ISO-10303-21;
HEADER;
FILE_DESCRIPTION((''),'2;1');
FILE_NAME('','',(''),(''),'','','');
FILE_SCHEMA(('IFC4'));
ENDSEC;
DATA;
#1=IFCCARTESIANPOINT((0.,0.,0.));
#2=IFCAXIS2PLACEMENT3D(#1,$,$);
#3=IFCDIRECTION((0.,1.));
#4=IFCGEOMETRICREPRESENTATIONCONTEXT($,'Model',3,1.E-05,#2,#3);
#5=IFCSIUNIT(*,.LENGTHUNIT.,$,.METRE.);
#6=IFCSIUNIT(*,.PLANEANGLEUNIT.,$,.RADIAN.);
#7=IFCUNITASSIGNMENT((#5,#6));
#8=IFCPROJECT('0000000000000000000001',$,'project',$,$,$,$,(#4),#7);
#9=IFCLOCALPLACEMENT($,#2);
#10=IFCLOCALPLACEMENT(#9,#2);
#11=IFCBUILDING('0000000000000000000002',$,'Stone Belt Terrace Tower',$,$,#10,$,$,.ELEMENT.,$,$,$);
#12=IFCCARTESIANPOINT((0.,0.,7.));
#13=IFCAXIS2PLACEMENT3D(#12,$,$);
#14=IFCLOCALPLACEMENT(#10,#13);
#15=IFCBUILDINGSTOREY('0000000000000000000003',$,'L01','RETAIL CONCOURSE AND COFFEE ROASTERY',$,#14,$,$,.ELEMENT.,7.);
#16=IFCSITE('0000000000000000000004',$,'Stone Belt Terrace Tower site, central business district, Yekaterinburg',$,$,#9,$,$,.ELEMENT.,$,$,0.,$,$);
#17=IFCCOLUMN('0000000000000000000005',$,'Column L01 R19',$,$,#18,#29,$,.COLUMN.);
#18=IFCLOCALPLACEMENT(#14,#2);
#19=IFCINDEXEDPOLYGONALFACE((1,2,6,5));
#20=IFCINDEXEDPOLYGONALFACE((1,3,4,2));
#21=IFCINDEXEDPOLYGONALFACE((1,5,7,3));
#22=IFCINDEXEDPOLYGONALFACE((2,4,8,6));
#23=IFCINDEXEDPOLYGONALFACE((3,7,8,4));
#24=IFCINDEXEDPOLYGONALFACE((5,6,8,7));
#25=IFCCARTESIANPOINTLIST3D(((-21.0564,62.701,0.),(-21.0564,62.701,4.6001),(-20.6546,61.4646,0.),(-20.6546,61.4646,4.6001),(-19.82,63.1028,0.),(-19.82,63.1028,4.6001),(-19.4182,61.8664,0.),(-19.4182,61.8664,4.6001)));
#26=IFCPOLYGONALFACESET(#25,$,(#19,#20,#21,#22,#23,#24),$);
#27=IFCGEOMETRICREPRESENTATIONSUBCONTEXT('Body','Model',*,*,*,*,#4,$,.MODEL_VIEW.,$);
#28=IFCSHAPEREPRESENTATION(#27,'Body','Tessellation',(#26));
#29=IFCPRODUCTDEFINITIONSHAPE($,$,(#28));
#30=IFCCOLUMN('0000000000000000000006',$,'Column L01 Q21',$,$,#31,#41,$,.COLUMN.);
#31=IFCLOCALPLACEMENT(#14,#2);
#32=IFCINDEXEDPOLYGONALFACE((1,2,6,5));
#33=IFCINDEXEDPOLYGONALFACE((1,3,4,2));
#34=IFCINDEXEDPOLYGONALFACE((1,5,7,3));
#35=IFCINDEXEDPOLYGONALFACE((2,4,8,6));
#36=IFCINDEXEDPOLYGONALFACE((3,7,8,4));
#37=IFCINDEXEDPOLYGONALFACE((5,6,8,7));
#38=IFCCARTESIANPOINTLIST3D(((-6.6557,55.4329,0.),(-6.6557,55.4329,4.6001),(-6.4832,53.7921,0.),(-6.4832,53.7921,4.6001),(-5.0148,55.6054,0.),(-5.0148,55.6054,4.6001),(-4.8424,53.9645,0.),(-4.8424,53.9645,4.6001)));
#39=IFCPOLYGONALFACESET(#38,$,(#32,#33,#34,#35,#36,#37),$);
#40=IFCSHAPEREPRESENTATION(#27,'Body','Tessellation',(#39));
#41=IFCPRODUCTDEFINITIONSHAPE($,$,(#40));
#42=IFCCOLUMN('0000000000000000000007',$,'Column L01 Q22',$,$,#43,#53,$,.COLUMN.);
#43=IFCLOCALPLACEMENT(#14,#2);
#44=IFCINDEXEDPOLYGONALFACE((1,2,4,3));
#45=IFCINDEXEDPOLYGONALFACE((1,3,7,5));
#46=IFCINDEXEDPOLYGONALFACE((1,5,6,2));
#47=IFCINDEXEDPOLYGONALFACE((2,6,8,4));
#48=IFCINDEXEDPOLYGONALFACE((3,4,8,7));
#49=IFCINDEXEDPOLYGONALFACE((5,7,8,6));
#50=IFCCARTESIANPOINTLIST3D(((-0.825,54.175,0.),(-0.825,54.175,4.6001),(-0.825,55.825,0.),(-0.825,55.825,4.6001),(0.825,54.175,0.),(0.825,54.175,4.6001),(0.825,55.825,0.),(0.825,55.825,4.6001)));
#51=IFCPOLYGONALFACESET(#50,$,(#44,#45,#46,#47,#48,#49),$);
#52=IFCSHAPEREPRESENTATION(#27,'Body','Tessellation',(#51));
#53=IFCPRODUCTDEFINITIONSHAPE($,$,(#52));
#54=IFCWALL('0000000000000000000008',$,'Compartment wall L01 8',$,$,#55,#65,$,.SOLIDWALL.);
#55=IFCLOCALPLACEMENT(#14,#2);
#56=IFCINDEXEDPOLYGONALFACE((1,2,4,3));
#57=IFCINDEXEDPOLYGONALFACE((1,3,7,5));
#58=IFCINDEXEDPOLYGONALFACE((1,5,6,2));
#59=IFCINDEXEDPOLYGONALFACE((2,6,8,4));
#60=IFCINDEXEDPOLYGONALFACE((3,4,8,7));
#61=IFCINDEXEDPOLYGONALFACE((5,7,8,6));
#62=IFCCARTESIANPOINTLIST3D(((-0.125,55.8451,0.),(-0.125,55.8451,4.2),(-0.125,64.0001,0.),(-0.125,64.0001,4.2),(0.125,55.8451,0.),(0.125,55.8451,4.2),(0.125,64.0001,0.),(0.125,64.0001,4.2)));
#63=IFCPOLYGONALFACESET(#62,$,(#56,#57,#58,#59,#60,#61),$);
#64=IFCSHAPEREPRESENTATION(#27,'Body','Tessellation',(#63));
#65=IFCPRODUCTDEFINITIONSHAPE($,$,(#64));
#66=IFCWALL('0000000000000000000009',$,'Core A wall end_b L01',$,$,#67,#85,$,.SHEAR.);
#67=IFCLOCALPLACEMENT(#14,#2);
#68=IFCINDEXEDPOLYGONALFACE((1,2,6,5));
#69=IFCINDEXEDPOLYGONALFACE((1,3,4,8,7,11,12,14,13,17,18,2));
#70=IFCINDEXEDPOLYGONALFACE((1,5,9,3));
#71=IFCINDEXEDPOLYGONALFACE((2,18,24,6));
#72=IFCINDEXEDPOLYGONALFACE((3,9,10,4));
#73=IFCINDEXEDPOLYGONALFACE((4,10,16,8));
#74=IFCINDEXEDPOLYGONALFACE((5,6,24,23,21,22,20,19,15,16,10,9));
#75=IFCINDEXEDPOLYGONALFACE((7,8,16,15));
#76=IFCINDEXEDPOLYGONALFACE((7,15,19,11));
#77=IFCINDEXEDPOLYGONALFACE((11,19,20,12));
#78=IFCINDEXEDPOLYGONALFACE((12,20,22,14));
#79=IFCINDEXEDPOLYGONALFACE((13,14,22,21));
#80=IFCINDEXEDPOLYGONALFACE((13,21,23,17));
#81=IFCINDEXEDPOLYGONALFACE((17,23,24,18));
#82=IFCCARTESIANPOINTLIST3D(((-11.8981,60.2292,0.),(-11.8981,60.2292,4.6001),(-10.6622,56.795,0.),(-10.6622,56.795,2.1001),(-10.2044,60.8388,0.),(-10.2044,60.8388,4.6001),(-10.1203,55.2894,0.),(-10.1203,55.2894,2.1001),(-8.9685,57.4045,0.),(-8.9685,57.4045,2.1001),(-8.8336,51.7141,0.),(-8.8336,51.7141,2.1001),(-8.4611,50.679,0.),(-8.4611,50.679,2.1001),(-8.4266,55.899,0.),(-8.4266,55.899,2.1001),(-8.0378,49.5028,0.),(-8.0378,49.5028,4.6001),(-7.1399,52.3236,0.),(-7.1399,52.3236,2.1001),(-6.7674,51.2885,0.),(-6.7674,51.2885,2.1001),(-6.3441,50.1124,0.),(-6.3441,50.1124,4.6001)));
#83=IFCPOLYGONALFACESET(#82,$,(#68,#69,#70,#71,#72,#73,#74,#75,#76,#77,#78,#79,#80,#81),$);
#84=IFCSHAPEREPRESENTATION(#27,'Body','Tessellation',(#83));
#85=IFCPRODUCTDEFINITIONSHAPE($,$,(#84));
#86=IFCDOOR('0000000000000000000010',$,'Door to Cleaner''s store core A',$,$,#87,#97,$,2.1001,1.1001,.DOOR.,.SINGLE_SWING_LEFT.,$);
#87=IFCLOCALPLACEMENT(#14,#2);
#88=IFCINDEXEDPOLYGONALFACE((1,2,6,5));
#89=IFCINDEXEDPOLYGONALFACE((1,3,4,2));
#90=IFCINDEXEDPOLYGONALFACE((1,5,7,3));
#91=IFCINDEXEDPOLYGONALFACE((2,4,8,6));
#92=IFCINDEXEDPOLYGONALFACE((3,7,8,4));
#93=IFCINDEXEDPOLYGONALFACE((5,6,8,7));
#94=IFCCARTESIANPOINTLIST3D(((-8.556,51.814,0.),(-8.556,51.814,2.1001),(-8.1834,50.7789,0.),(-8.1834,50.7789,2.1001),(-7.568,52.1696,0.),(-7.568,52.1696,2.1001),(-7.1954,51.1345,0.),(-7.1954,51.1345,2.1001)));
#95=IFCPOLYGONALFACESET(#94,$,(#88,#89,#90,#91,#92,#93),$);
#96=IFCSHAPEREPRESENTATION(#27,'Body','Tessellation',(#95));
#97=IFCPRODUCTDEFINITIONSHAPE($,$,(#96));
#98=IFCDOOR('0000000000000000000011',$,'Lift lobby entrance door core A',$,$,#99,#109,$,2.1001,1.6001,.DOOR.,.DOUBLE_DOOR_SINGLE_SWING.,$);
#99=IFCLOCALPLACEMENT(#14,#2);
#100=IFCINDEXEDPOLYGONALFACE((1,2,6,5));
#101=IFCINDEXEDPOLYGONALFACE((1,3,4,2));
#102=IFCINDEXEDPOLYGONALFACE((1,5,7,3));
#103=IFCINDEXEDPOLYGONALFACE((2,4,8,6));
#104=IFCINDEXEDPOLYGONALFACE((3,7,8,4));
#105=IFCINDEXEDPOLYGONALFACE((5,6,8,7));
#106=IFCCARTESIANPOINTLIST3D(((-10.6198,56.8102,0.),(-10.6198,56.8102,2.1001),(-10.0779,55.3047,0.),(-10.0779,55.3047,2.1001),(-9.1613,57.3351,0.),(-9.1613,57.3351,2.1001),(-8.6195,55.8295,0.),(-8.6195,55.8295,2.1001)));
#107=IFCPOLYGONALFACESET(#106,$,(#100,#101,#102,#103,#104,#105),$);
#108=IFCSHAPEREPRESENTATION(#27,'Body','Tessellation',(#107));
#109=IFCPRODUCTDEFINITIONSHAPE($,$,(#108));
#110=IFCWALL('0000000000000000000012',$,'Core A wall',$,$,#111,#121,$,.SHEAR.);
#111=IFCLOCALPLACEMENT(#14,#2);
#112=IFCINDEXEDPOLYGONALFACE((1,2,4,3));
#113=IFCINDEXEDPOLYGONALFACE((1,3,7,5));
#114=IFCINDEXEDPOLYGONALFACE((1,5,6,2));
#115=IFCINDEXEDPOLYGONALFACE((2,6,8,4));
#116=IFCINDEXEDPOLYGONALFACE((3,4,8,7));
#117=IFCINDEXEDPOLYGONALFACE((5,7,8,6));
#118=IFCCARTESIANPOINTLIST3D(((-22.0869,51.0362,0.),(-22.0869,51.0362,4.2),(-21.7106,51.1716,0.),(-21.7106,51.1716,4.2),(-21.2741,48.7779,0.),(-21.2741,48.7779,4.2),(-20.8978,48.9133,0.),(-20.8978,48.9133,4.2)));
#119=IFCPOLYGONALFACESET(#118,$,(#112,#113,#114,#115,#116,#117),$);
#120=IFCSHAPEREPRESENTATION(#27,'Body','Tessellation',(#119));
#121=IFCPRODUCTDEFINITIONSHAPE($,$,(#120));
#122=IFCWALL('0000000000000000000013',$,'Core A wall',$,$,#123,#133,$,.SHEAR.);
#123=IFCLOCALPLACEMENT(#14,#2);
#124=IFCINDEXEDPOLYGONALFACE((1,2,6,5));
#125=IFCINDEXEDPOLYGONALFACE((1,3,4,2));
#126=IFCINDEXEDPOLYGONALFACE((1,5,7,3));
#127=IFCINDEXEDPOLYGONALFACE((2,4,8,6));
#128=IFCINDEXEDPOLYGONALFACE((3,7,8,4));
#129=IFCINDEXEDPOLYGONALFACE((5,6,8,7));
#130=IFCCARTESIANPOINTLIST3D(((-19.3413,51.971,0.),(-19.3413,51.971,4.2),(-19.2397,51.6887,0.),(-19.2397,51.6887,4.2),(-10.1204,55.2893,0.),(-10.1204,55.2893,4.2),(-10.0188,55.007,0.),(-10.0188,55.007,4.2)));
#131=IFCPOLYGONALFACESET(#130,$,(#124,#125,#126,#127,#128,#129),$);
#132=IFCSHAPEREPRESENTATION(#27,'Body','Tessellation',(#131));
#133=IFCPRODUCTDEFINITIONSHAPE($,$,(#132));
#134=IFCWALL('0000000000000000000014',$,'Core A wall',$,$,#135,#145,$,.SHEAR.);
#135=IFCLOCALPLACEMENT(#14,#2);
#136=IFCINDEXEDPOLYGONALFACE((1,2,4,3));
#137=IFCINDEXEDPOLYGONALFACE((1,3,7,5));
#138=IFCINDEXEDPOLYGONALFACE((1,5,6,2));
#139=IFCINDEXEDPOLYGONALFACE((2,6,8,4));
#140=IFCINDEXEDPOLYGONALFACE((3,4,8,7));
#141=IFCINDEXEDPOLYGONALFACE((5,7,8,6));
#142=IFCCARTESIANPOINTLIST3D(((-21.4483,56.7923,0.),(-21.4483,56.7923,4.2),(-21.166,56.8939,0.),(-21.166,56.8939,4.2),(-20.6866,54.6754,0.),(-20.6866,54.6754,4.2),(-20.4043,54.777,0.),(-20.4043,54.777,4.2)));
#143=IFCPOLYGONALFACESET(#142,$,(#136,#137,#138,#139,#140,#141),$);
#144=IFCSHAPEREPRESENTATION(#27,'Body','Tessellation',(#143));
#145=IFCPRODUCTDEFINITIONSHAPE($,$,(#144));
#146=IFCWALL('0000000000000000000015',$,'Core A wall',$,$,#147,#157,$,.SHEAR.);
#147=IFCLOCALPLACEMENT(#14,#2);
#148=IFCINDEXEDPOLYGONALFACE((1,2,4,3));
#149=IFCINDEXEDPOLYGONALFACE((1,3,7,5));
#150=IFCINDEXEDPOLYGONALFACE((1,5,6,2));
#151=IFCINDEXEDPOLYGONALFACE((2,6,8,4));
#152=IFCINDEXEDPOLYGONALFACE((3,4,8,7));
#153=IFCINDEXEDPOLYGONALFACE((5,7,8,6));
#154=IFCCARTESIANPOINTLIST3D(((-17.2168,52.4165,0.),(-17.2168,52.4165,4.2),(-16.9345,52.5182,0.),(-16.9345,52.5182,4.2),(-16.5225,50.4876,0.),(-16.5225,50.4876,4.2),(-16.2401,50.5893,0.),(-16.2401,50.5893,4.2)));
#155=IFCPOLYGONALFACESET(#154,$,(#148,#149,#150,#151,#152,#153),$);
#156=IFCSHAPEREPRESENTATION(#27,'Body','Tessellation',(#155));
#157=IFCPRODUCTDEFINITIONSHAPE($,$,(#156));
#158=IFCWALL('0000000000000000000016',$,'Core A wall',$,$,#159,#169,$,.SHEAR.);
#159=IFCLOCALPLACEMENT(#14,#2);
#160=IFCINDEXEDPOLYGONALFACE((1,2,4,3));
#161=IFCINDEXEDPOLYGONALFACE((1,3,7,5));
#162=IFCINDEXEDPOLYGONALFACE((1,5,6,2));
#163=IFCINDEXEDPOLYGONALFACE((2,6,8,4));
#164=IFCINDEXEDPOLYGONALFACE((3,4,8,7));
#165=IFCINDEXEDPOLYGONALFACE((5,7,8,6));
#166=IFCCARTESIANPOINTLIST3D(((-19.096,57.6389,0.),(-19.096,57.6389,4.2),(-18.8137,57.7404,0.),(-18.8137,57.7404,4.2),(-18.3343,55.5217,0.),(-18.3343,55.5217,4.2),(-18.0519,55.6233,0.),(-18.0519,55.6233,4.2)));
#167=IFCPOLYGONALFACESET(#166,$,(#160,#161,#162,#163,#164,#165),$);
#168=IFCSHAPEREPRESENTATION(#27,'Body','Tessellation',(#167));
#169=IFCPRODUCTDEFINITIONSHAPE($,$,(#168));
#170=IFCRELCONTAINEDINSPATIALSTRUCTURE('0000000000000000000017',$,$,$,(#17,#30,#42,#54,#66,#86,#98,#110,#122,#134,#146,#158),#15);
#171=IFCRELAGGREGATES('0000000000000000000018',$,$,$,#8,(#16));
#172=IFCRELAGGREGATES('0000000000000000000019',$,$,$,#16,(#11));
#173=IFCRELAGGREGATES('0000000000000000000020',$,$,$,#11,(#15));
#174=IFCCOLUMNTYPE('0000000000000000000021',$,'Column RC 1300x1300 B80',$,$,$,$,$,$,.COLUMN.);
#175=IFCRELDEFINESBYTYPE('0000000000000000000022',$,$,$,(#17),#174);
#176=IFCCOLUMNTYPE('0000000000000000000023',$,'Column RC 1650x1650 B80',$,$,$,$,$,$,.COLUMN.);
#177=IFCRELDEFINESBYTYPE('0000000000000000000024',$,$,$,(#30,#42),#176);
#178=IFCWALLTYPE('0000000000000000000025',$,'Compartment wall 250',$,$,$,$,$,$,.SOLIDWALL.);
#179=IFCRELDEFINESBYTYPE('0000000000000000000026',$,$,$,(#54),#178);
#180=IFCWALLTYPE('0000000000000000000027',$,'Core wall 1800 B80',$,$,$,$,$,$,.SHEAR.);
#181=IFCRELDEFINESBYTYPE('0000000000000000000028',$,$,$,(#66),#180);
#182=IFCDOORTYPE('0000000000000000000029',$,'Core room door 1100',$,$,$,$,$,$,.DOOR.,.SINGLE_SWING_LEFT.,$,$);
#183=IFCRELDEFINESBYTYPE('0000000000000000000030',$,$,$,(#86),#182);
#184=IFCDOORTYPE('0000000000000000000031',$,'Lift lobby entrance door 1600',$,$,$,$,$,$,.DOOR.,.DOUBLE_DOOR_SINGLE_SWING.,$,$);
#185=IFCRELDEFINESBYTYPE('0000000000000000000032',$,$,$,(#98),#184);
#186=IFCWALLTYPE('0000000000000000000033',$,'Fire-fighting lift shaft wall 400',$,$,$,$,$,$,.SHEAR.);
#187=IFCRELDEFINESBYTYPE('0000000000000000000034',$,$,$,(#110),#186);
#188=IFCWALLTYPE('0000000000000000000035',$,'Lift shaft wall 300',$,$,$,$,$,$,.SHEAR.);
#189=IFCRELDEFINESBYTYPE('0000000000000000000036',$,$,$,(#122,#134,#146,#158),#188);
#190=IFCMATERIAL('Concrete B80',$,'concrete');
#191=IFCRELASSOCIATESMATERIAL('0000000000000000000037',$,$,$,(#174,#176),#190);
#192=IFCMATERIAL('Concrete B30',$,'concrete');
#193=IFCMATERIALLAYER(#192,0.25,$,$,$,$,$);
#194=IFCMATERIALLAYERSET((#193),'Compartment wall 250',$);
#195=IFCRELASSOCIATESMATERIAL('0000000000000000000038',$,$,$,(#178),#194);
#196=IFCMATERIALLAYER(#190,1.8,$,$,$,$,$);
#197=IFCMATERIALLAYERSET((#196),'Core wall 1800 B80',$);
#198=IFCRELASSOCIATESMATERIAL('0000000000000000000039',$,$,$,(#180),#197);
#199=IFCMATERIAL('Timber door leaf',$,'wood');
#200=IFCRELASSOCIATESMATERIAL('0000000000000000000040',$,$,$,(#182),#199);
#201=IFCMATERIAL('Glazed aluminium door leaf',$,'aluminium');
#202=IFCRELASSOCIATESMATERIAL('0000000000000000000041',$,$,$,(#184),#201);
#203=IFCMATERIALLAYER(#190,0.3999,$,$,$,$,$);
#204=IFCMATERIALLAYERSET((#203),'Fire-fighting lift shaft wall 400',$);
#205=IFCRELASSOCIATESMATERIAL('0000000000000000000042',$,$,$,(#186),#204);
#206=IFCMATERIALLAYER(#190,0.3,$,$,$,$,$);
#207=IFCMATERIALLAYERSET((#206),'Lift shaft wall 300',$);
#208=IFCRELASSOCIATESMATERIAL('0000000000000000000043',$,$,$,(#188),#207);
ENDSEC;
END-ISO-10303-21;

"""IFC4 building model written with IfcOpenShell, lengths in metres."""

from ifc_helpers import new_model, si_unit, direction, frame, frame_2d, origin, origin_2d, place, context, subcontext, project, spatial, rectangle, extrude, material, layer, layer_set, material_profile, profile_set, type_object, element, fill, save


model = new_model("IFC4")

# Units and contexts
model_context = context("Model", 3, precision=1e-05, world=origin(), true_north=direction((0.0, 1.0)))
body_context = subcontext(model_context, "Body", "Model", "MODEL_VIEW")
ifc_project = project(units=[si_unit("LENGTHUNIT", "METRE"), si_unit("PLANEANGLEUNIT", "RADIAN")], contexts=[model_context])

# Site, building, storey
site_placement = place(None, origin())
site = spatial("IfcSite", under=ifc_project, at=site_placement, Name="Stone Belt Terrace Tower site, central business district, Yekaterinburg", CompositionType="ELEMENT", RefElevation=0.0)
building_placement = place(site_placement, origin())
building = spatial("IfcBuilding", under=site, at=building_placement, Name="Stone Belt Terrace Tower", CompositionType="ELEMENT")
storey_placement = place(building_placement, frame((0.0, 0.0, 7.0)))
storey = spatial("IfcBuildingStorey", under=building, at=storey_placement, Name="L01", Description="RETAIL CONCOURSE AND COFFEE ROASTERY", CompositionType="ELEMENT", Elevation=7.0)

# Columns
ifc_material_1 = material(Name="Concrete B80", Category="concrete")
ifc_material_profile_1 = material_profile(ifc_material_1, rectangle(XDim=1.3, YDim=1.3, at=origin_2d()), Name="RC 1300x1300")
ifc_profile_set_1 = profile_set([ifc_material_profile_1], Name="Concrete B80")
column_type_1 = type_object("IfcColumnType", Name="Column RC 1300x1300 B80", PredefinedType="COLUMN", material=ifc_profile_set_1)
column_placement = place(storey_placement, frame((-20.2373, 62.2837, 0.0), z_axis=(0.0, 0.0, 1.0), x_axis=(0.951057, 0.309017, 0.0)))
element("IfcColumn", 1, at=column_placement, inside=storey, type_object=column_type_1, Name="Column L01 R19", PredefinedType="COLUMN", context=body_context, shape_type="SweptSolid", body=[
    extrude(rectangle(XDim=1.3, YDim=1.3, at=origin_2d()), origin(), (0.0, 0.0, 1.0), 4.6001),
])
ifc_material_profile_2 = material_profile(ifc_material_1, rectangle(XDim=1.6499, YDim=1.6499, at=origin_2d()), Name="RC 1650x1650")
ifc_profile_set_2 = profile_set([ifc_material_profile_2], Name="Concrete B80")
column_type_2 = type_object("IfcColumnType", Name="Column RC 1650x1650 B80", PredefinedType="COLUMN", material=ifc_profile_set_2)
for number, where, z_axis, x_axis, name in (
    (2, (-5.749, 54.6987, 0.0), (0.0, 0.0, 1.0), (0.994522, 0.104528, 0.0), "Column L01 Q21"),
    (3, (0.0, 55.0, 0.0), (0.0, 0.0, 1.0), (1.0, 0.0, 0.0), "Column L01 Q22"),
):
    element("IfcColumn", number, at=place(storey_placement, frame(where, z_axis=z_axis, x_axis=x_axis)), inside=storey, type_object=column_type_2, Name=name, PredefinedType="COLUMN", context=body_context, shape_type="SweptSolid", body=[
        extrude(rectangle(XDim=1.6499, YDim=1.6499, at=origin_2d()), origin(), (0.0, 0.0, 1.0), 4.6001),
    ])

# Wall
ifc_material_2 = material(Name="Concrete B30", Category="concrete")
ifc_layer_1 = layer(ifc_material_2, 0.25)
ifc_layer_set_1 = layer_set([ifc_layer_1], Name="Compartment wall 250")
wall_type_1 = type_object("IfcWallType", Name="Compartment wall 250", PredefinedType="SOLIDWALL", material=ifc_layer_set_1)
wall_1_placement = place(storey_placement, frame((0.0, 55.845, 0.0), z_axis=(0.0, 0.0, 1.0), x_axis=(0.0, 1.0, 0.0)))
element("IfcWall", 4, at=wall_1_placement, inside=storey, type_object=wall_type_1, Name="Compartment wall L01 8", PredefinedType="SOLIDWALL", context=body_context, shape_type="SweptSolid", body=[
    extrude(rectangle(XDim=8.155, YDim=0.25, at=frame_2d((4.0776, 0.0))), origin(), (0.0, 0.0, 1.0), 4.2),
])

# Wall, openings, doors
ifc_layer_2 = layer(ifc_material_1, 1.8)
ifc_layer_set_2 = layer_set([ifc_layer_2], Name="Core wall 1800 B80")
wall_type_2 = type_object("IfcWallType", Name="Core wall 1800 B80", PredefinedType="SHEAR", material=ifc_layer_set_2)
wall_2_placement = place(storey_placement, frame((-7.1909, 49.8076, 0.0), z_axis=(0.0, 0.0, 1.0), x_axis=(-0.338632, 0.940919, 0.0)))
wall_2 = element("IfcWall", 5, at=wall_2_placement, inside=storey, type_object=wall_type_2, Name="Core A wall end_b L01", PredefinedType="SHEAR", context=body_context, shape_type="SweptSolid", body=[
    extrude(rectangle(XDim=11.3999, YDim=1.8, at=frame_2d((5.7, 0.0))), origin(), (0.0, 0.0, 1.0), 4.6001),
])
opening_1_placement = place(wall_2_placement, frame((6.1499, 0.0, 0.0)))
opening_1 = element("IfcOpeningElement", 6, at=opening_1_placement, cuts=wall_2, PredefinedType="OPENING", context=body_context, shape_type="SweptSolid", body=[
    extrude(rectangle(XDim=1.6001, YDim=2.1001, at=frame_2d((0.8, 1.05))), frame((0.0, 0.9099, 0.0), z_axis=(0.0, -1.0, 0.0), x_axis=(1.0, 0.0, 0.0)), (0.0, 0.0, 1.0), 1.8201),
])
opening_2_placement = place(wall_2_placement, frame((1.25, 0.0, 0.0)))
opening_2 = element("IfcOpeningElement", 7, at=opening_2_placement, cuts=wall_2, PredefinedType="OPENING", context=body_context, shape_type="SweptSolid", body=[
    extrude(rectangle(XDim=1.1001, YDim=2.1001, at=frame_2d((0.55, 1.05))), frame((0.0, 0.9099, 0.0), z_axis=(0.0, -1.0, 0.0), x_axis=(1.0, 0.0, 0.0)), (0.0, 0.0, 1.0), 1.8201),
])
ifc_material_3 = material(Name="Timber door leaf", Category="wood")
door_type_1 = type_object("IfcDoorType", Name="Core room door 1100", OperationType="SINGLE_SWING_LEFT", PredefinedType="DOOR", material=ifc_material_3)
door_1_placement = place(opening_2_placement, origin())
door_1 = element("IfcDoor", 8, at=door_1_placement, inside=storey, type_object=door_type_1, Name="Door to Cleaner's store core A", OperationType="SINGLE_SWING_LEFT", OverallHeight=2.1001, OverallWidth=1.1001, PredefinedType="DOOR", context=body_context, shape_type="SweptSolid", body=[
    extrude(rectangle(XDim=1.1001, YDim=2.1001, at=frame_2d((0.55, 1.05))), frame((0.0, 0.605, 0.0), z_axis=(0.0, -1.0, 0.0), x_axis=(1.0, 0.0, 0.0)), (0.0, 0.0, 1.0), 1.05),
])
fill(opening_2, door_1)
ifc_material_4 = material(Name="Glazed aluminium door leaf", Category="aluminium")
door_type_2 = type_object("IfcDoorType", Name="Lift lobby entrance door 1600", OperationType="DOUBLE_DOOR_SINGLE_SWING", PredefinedType="DOOR", material=ifc_material_4)
door_2_placement = place(opening_1_placement, origin())
door_2 = element("IfcDoor", 9, at=door_2_placement, inside=storey, type_object=door_type_2, Name="Lift lobby entrance door core A", OperationType="DOUBLE_DOOR_SINGLE_SWING", OverallHeight=2.1001, OverallWidth=1.6001, PredefinedType="DOOR", context=body_context, shape_type="SweptSolid", body=[
    extrude(rectangle(XDim=1.6001, YDim=2.1001, at=frame_2d((0.8, 1.05))), frame((0.0, 0.855, 0.0), z_axis=(0.0, -1.0, 0.0), x_axis=(1.0, 0.0, 0.0)), (0.0, 0.0, 1.0), 1.55),
])
fill(opening_1, door_2)

# Walls
ifc_layer_3 = layer(ifc_material_1, 0.3999)
ifc_layer_set_3 = layer_set([ifc_layer_3], Name="Fire-fighting lift shaft wall 400")
wall_type_3 = type_object("IfcWallType", Name="Fire-fighting lift shaft wall 400", PredefinedType="SHEAR", material=ifc_layer_set_3)
wall_3_placement = place(storey_placement, frame((-21.0859, 48.8455, 0.0), z_axis=(0.0, 0.0, 1.0), x_axis=(-0.338629, 0.94092, 0.0)))
element("IfcWall", 10, at=wall_3_placement, inside=storey, type_object=wall_type_3, Name="Core A wall", PredefinedType="SHEAR", context=body_context, shape_type="SweptSolid", body=[
    extrude(rectangle(XDim=2.4001, YDim=0.3999, at=frame_2d((1.2002, 0.0))), origin(), (0.0, 0.0, 1.0), 4.2),
])
ifc_layer_4 = layer(ifc_material_1, 0.3)
ifc_layer_set_4 = layer_set([ifc_layer_4], Name="Lift shaft wall 300")
wall_type_4 = type_object("IfcWallType", Name="Lift shaft wall 300", PredefinedType="SHEAR", material=ifc_layer_set_4)
wall_4_placement = place(storey_placement, frame((-19.2905, 51.8298, 0.0), z_axis=(0.0, 0.0, 1.0), x_axis=(0.940926, 0.338613, 0.0)))
element("IfcWall", 11, at=wall_4_placement, inside=storey, type_object=wall_type_4, Name="Core A wall", PredefinedType="SHEAR", context=body_context, shape_type="SweptSolid", body=[
    extrude(rectangle(XDim=9.7998, YDim=0.3, at=frame_2d((4.8999, 0.0))), origin(), (0.0, 0.0, 1.0), 4.2),
])
wall_5_placement = place(storey_placement, frame((-20.5454, 54.7261, 0.0), z_axis=(0.0, 0.0, 1.0), x_axis=(-0.33857, 0.940941, 0.0)))
element("IfcWall", 12, at=wall_5_placement, inside=storey, type_object=wall_type_4, Name="Core A wall", PredefinedType="SHEAR", context=body_context, shape_type="SweptSolid", body=[
    extrude(rectangle(XDim=2.2498, YDim=0.3, at=frame_2d((1.125, 0.0))), origin(), (0.0, 0.0, 1.0), 4.2),
])
wall_6_placement = place(storey_placement, frame((-16.3813, 50.5386, 0.0), z_axis=(0.0, 0.0, 1.0), x_axis=(-0.338682, 0.940901, 0.0)))
element("IfcWall", 13, at=wall_6_placement, inside=storey, type_object=wall_type_4, Name="Core A wall", PredefinedType="SHEAR", context=body_context, shape_type="SweptSolid", body=[
    extrude(rectangle(XDim=2.05, YDim=0.3, at=frame_2d((1.0249, 0.0))), origin(), (0.0, 0.0, 1.0), 4.2),
])
wall_7_placement = place(storey_placement, frame((-18.1931, 55.5725, 0.0), z_axis=(0.0, 0.0, 1.0), x_axis=(-0.338535, 0.940954, 0.0)))
element("IfcWall", 14, at=wall_7_placement, inside=storey, type_object=wall_type_4, Name="Core A wall", PredefinedType="SHEAR", context=body_context, shape_type="SweptSolid", body=[
    extrude(rectangle(XDim=2.25, YDim=0.3, at=frame_2d((1.125, 0.0))), origin(), (0.0, 0.0, 1.0), 4.2),
])

save(model, "model.ifc")
